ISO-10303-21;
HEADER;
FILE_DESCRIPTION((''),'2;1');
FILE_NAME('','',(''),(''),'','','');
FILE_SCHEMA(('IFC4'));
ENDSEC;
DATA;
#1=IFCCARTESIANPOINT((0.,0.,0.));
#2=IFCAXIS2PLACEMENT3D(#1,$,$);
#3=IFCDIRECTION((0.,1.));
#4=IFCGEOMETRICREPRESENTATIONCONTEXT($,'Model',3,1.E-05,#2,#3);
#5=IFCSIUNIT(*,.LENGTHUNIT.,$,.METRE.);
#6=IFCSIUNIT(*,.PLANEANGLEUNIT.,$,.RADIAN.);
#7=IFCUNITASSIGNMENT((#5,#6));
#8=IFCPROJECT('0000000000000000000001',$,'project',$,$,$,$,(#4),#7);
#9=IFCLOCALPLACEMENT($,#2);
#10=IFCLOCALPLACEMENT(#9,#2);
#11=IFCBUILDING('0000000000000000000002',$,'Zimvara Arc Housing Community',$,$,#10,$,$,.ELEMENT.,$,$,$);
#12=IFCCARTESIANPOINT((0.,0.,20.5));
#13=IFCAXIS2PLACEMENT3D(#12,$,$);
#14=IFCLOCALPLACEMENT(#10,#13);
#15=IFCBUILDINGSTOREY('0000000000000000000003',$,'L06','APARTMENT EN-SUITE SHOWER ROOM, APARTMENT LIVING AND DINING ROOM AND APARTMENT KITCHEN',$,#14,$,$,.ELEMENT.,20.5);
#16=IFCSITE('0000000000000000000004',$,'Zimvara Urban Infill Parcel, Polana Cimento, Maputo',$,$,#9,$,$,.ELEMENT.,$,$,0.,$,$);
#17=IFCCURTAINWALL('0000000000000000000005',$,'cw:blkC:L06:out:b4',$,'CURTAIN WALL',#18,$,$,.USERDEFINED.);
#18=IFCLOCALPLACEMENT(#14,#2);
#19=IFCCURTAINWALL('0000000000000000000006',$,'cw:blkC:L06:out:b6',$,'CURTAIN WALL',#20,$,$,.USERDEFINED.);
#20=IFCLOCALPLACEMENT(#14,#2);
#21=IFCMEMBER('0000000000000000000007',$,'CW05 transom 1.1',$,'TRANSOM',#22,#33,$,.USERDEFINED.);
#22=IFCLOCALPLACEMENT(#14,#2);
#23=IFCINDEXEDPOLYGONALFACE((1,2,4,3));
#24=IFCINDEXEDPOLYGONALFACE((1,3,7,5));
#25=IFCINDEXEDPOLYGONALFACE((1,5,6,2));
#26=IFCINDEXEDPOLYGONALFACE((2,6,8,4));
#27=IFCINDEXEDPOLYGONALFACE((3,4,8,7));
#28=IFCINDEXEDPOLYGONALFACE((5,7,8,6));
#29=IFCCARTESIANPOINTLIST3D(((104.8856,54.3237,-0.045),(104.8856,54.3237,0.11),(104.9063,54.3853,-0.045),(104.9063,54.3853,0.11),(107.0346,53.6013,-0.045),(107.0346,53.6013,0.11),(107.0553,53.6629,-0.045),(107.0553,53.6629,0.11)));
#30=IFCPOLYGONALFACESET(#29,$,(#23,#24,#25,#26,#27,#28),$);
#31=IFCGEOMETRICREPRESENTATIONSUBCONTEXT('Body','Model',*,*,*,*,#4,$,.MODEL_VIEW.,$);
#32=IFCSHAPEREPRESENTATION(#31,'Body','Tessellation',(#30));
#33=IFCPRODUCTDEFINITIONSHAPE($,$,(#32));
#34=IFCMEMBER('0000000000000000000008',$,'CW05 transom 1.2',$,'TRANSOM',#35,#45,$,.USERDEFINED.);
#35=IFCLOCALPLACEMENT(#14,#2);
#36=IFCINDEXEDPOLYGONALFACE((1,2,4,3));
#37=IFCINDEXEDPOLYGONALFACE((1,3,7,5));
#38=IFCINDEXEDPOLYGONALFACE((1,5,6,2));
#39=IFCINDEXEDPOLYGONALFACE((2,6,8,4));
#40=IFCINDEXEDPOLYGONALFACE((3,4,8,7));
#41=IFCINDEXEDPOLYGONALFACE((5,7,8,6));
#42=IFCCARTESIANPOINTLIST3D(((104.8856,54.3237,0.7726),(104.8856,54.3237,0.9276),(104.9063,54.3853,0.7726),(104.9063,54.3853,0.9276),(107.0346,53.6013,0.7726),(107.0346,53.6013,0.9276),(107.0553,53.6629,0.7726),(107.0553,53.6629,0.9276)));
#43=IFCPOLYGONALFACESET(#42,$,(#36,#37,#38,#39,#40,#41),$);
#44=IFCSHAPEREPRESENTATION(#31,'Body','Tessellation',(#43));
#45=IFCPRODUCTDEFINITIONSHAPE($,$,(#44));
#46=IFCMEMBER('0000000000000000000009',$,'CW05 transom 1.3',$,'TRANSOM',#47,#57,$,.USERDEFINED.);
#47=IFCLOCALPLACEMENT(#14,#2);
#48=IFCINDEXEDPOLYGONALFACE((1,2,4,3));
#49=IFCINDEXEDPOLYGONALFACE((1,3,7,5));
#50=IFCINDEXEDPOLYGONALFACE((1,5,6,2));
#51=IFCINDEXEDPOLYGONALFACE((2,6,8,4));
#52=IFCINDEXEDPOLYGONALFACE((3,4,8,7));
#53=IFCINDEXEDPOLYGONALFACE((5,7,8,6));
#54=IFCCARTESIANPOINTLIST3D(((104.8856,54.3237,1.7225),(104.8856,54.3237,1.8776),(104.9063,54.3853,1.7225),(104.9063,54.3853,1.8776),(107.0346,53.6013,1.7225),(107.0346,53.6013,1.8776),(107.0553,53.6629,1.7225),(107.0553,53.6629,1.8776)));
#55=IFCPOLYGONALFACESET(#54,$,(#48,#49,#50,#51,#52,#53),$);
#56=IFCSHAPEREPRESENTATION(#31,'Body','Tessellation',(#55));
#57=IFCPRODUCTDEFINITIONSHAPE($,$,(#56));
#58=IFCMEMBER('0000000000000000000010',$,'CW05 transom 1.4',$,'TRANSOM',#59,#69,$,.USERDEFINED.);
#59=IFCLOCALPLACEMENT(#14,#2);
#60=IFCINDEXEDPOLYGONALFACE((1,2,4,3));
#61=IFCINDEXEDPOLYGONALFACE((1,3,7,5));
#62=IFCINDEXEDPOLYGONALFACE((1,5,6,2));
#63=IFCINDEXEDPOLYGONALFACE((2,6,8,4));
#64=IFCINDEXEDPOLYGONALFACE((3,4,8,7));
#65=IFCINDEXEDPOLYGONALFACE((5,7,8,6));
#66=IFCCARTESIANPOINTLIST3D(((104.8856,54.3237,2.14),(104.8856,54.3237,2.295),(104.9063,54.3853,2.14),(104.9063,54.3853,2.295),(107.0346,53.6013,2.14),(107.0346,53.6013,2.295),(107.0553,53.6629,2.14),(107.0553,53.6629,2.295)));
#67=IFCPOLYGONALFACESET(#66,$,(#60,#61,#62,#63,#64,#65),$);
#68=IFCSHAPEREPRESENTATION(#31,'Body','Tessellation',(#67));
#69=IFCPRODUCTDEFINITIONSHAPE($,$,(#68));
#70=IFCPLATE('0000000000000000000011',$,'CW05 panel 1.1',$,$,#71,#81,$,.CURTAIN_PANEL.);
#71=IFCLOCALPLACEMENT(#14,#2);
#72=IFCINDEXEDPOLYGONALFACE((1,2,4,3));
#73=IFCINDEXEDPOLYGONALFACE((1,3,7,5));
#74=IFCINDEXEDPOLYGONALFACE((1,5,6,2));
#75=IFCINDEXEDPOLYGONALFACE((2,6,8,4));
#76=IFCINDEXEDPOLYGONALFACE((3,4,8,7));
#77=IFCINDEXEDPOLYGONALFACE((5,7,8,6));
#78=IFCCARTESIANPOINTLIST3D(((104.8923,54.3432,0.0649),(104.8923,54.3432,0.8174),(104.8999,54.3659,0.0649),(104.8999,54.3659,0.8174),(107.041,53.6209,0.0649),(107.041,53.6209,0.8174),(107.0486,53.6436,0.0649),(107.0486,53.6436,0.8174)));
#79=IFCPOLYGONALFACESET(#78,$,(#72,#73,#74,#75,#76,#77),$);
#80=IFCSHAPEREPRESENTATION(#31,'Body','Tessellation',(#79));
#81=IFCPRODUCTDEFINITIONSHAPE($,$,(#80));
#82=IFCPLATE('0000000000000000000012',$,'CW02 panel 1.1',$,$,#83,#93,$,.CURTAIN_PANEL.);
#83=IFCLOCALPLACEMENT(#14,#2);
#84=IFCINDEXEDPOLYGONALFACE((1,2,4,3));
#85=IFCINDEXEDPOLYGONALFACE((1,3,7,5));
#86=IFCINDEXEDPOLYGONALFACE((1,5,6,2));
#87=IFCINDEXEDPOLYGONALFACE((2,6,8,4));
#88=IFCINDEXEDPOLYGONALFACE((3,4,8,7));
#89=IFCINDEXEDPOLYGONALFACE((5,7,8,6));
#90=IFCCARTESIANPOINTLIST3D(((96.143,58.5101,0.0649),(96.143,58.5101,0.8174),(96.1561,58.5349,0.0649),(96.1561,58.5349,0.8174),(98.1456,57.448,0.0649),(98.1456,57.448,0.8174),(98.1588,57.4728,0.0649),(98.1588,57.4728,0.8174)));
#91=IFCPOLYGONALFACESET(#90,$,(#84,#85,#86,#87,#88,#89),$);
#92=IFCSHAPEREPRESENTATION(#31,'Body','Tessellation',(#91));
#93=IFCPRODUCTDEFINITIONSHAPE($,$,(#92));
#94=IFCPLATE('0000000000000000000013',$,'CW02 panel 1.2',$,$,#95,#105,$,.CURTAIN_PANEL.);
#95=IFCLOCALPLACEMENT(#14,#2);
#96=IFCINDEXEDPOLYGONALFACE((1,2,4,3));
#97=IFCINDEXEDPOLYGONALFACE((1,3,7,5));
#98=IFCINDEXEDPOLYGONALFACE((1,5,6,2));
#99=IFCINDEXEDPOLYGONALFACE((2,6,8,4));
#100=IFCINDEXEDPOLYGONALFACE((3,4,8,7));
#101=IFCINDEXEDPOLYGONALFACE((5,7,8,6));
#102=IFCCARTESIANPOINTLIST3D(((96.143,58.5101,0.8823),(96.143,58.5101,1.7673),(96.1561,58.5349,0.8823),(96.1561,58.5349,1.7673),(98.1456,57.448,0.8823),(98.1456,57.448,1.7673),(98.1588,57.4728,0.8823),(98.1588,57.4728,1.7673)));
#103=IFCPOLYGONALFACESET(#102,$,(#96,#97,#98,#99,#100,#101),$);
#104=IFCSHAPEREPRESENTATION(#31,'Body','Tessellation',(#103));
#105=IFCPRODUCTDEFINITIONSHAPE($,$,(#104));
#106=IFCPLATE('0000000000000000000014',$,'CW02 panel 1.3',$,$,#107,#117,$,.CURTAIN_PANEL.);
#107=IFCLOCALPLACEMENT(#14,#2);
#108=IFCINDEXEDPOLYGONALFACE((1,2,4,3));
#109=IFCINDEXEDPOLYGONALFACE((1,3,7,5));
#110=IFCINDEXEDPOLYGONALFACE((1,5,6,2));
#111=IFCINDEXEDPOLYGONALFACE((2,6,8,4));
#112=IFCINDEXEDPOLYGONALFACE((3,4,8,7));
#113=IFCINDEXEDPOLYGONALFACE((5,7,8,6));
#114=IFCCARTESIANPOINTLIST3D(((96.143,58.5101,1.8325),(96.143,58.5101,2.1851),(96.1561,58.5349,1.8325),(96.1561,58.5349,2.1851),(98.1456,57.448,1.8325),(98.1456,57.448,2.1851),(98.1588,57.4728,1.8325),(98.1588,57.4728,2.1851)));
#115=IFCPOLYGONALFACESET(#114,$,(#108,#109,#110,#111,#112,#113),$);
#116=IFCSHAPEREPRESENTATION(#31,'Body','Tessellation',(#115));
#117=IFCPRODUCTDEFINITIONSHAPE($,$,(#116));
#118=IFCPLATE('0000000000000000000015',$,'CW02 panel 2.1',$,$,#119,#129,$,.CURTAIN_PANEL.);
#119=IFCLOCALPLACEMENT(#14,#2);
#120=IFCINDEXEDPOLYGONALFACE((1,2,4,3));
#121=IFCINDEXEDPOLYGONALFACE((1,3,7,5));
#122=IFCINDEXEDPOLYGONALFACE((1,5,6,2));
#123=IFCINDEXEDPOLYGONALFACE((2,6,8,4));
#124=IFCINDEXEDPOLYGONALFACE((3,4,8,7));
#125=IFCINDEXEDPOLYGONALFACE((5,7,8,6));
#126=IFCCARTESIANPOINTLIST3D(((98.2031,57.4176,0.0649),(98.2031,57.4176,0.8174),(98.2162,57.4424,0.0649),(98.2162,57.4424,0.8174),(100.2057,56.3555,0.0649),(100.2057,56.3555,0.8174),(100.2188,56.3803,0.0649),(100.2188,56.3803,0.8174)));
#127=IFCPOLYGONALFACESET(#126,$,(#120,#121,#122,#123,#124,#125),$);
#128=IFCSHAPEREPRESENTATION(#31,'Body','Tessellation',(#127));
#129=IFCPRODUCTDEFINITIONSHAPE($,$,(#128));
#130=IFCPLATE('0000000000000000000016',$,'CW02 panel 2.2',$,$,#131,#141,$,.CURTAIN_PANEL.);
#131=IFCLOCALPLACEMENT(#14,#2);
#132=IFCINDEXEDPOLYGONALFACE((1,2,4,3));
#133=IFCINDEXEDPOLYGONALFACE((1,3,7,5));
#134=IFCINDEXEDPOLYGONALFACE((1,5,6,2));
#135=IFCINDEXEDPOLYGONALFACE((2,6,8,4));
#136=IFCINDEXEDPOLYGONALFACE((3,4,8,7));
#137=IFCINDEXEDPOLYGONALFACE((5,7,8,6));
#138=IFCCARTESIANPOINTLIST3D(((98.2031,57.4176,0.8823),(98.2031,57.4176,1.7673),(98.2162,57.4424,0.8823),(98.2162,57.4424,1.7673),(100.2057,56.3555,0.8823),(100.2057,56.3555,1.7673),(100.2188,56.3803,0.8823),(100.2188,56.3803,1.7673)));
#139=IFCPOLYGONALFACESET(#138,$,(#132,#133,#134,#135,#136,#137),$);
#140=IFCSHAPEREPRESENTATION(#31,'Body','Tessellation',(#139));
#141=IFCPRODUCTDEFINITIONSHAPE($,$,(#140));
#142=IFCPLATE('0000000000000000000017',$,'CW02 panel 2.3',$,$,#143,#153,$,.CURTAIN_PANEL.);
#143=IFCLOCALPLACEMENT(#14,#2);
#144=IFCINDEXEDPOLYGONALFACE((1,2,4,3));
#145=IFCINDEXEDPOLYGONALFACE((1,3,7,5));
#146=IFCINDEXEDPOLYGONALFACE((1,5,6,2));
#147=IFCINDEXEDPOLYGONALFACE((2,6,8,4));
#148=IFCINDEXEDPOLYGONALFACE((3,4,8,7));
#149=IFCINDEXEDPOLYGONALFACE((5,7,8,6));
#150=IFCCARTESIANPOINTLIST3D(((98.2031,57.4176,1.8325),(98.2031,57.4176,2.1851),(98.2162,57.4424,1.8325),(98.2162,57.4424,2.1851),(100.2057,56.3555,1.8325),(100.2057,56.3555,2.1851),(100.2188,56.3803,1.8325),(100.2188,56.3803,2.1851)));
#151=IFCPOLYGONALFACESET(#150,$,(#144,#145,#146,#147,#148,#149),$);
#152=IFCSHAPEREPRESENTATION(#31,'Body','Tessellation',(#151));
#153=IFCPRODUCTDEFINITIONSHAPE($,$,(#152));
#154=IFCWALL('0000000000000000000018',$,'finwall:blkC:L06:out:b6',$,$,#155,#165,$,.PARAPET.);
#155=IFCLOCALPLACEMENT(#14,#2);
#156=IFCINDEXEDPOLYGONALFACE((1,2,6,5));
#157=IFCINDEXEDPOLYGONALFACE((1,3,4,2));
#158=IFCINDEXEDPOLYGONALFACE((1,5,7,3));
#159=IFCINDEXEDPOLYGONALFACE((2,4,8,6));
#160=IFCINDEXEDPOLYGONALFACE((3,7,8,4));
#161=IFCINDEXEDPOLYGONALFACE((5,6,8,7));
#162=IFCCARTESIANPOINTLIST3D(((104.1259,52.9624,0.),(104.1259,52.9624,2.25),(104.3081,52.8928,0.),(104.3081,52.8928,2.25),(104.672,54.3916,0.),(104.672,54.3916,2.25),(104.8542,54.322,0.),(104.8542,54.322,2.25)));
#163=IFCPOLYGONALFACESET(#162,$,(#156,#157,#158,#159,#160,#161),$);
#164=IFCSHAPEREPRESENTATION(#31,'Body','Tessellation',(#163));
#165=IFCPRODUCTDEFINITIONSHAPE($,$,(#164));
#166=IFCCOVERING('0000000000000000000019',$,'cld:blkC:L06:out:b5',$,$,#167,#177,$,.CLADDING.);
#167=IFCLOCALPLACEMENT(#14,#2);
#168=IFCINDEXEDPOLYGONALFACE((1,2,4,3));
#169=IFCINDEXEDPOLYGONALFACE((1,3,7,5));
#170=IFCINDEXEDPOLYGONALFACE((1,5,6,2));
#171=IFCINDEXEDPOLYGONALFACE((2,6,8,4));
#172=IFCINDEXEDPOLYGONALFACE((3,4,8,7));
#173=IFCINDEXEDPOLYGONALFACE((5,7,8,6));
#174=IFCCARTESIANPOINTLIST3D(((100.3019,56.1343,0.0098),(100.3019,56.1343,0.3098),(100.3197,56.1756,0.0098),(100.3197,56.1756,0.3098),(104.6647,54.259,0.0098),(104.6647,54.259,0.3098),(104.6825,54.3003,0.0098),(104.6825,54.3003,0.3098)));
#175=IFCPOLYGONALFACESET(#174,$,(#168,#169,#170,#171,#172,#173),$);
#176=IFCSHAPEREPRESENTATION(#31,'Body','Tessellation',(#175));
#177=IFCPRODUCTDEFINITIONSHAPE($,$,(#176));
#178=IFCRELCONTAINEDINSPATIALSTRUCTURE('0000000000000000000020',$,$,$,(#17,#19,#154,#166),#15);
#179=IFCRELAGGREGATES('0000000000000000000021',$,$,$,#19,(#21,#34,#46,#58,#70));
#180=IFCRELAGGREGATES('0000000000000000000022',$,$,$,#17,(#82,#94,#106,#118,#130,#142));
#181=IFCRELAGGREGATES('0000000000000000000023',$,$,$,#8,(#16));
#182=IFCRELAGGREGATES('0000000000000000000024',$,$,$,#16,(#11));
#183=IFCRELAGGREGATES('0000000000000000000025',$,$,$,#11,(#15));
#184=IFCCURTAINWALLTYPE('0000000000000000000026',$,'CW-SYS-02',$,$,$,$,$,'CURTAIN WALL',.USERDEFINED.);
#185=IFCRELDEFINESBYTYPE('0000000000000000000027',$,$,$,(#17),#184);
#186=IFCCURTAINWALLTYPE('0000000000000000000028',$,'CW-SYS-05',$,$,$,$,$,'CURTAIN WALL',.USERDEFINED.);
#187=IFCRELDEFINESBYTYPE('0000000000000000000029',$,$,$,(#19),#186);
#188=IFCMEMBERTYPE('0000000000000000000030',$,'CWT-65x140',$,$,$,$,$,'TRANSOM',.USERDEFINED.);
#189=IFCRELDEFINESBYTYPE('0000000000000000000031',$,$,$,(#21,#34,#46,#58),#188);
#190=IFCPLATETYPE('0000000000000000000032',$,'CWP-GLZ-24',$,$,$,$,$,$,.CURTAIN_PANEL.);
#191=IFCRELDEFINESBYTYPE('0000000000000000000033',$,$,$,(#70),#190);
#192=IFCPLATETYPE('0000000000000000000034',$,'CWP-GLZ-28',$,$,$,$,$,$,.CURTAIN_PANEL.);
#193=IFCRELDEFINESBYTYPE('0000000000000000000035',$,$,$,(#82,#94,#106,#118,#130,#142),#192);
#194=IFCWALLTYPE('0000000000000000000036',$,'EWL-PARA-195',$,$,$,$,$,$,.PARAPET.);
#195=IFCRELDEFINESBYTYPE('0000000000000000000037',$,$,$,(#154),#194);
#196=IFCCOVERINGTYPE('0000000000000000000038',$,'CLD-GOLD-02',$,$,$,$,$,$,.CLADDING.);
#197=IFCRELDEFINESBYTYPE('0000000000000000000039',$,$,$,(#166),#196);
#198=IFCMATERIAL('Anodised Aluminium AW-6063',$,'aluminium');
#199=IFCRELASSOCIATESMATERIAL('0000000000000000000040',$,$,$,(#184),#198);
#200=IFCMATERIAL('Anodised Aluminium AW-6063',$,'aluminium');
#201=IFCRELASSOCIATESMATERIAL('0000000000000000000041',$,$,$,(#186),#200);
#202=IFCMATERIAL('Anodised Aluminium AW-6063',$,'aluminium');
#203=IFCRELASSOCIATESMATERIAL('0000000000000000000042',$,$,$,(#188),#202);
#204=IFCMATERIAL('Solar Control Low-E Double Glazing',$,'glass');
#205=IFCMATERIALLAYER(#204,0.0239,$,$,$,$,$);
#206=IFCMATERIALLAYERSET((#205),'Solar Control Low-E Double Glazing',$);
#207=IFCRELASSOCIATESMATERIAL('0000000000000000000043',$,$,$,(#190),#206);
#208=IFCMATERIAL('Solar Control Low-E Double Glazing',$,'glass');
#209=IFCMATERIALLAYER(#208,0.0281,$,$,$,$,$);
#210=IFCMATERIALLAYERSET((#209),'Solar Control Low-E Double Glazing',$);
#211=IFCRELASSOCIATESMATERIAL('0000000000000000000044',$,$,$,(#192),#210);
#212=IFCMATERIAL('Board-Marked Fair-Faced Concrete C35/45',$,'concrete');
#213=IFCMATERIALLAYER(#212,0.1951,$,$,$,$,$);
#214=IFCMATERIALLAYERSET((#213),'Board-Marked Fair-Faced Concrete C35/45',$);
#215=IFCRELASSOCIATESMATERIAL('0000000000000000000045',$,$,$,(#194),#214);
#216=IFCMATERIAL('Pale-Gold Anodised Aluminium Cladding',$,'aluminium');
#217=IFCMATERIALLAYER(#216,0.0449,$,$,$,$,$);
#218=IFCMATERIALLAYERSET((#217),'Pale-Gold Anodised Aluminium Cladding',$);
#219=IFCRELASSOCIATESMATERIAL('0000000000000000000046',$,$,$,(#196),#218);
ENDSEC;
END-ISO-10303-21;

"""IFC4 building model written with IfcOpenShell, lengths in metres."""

from ifc_helpers import new_model, si_unit, direction, frame, frame_2d, origin, origin_2d, place, context, subcontext, project, spatial, rectangle, extrude, material, layer, layer_set, material_profile, profile_set, type_object, element, aggregate, save


model = new_model("IFC4")

# Units and contexts
model_context = context("Model", 3, precision=1e-05, world=origin(), true_north=direction((0.0, 1.0)))
body_context = subcontext(model_context, "Body", "Model", "MODEL_VIEW")
ifc_project = project(units=[si_unit("LENGTHUNIT", "METRE"), si_unit("PLANEANGLEUNIT", "RADIAN")], contexts=[model_context])

# Site, building, storey
site_placement = place(None, origin())
site = spatial("IfcSite", under=ifc_project, at=site_placement, Name="Zimvara Urban Infill Parcel, Polana Cimento, Maputo", CompositionType="ELEMENT", RefElevation=0.0)
building_placement = place(site_placement, origin())
building = spatial("IfcBuilding", under=site, at=building_placement, Name="Zimvara Arc Housing Community", CompositionType="ELEMENT")
storey_placement = place(building_placement, frame((0.0, 0.0, 20.5)))
storey = spatial("IfcBuildingStorey", under=building, at=storey_placement, Name="L06", Description="APARTMENT EN-SUITE SHOWER ROOM, APARTMENT LIVING AND DINING ROOM AND APARTMENT KITCHEN", CompositionType="ELEMENT", Elevation=20.5)

# Curtain wall
ifc_material_1 = material(Name="Anodised Aluminium AW-6063", Category="aluminium")
curtain_wall_type_1 = type_object("IfcCurtainWallType", Name="CW-SYS-02", ElementType="CURTAIN WALL", PredefinedType="USERDEFINED", material=ifc_material_1)
curtain_wall_1_placement = place(storey_placement, origin())
curtain_wall_1 = element("IfcCurtainWall", 1, at=curtain_wall_1_placement, inside=storey, type_object=curtain_wall_type_1, Name="cw:blkC:L06:out:b4", ObjectType="CURTAIN WALL", PredefinedType="USERDEFINED")

# Curtain wall
ifc_material_2 = material(Name="Anodised Aluminium AW-6063", Category="aluminium")
curtain_wall_type_2 = type_object("IfcCurtainWallType", Name="CW-SYS-05", ElementType="CURTAIN WALL", PredefinedType="USERDEFINED", material=ifc_material_2)
curtain_wall_2_placement = place(storey_placement, origin())
curtain_wall_2 = element("IfcCurtainWall", 2, at=curtain_wall_2_placement, inside=storey, type_object=curtain_wall_type_2, Name="cw:blkC:L06:out:b6", ObjectType="CURTAIN WALL", PredefinedType="USERDEFINED")

# Members
ifc_material_3 = material(Name="Anodised Aluminium AW-6063", Category="aluminium")
ifc_material_profile_1 = material_profile(ifc_material_3, rectangle(XDim=0.0649, YDim=0.155, at=origin_2d()), Name="ALU 65x155")
ifc_profile_set_1 = profile_set([ifc_material_profile_1], Name="Anodised Aluminium AW-6063")
member_type_1 = type_object("IfcMemberType", Name="CWT-65x140", ElementType="TRANSOM", PredefinedType="USERDEFINED", material=ifc_profile_set_1)
member_1_placement = place(storey_placement, frame((104.896, 54.3545, 0.0325), z_axis=(0.947873, -0.31865, 0.0), x_axis=(0.31865, 0.947873, 0.0)))
member_1 = element("IfcMember", 3, at=member_1_placement, type_object=member_type_1, Name="CW05 transom 1.1", ObjectType="TRANSOM", PredefinedType="USERDEFINED", context=body_context, shape_type="SweptSolid", body=[
    extrude(rectangle(XDim=0.0649, YDim=0.155, at=origin_2d()), origin(), (0.0, 0.0, 1.0), 2.2671),
])
member_2_placement = place(storey_placement, frame((104.896, 54.3545, 0.8501), z_axis=(0.947873, -0.31865, 0.0), x_axis=(0.31865, 0.947873, 0.0)))
member_2 = element("IfcMember", 4, at=member_2_placement, type_object=member_type_1, Name="CW05 transom 1.2", ObjectType="TRANSOM", PredefinedType="USERDEFINED", context=body_context, shape_type="SweptSolid", body=[
    extrude(rectangle(XDim=0.0649, YDim=0.155, at=origin_2d()), origin(), (0.0, 0.0, 1.0), 2.2671),
])
member_3_placement = place(storey_placement, frame((104.896, 54.3545, 1.8), z_axis=(0.947873, -0.31865, 0.0), x_axis=(0.31865, 0.947873, 0.0)))
member_3 = element("IfcMember", 5, at=member_3_placement, type_object=member_type_1, Name="CW05 transom 1.3", ObjectType="TRANSOM", PredefinedType="USERDEFINED", context=body_context, shape_type="SweptSolid", body=[
    extrude(rectangle(XDim=0.0649, YDim=0.155, at=origin_2d()), origin(), (0.0, 0.0, 1.0), 2.2671),
])
member_4_placement = place(storey_placement, frame((104.896, 54.3545, 2.2175), z_axis=(0.947873, -0.31865, 0.0), x_axis=(0.31865, 0.947873, 0.0)))
member_4 = element("IfcMember", 6, at=member_4_placement, type_object=member_type_1, Name="CW05 transom 1.4", ObjectType="TRANSOM", PredefinedType="USERDEFINED", context=body_context, shape_type="SweptSolid", body=[
    extrude(rectangle(XDim=0.0649, YDim=0.155, at=origin_2d()), origin(), (0.0, 0.0, 1.0), 2.2671),
])

# Plates
ifc_material_4 = material(Name="Solar Control Low-E Double Glazing", Category="glass")
ifc_layer_1 = layer(ifc_material_4, 0.0239)
ifc_layer_set_1 = layer_set([ifc_layer_1], Name="Solar Control Low-E Double Glazing")
plate_type_1 = type_object("IfcPlateType", Name="CWP-GLZ-24", PredefinedType="CURTAIN_PANEL", material=ifc_layer_set_1)
plate_1_placement = place(storey_placement, frame((105.9705, 53.9934, 0.0649), z_axis=(0.0, 0.0, 1.0), x_axis=(0.94788, -0.318629, 0.0)))
plate_1 = element("IfcPlate", 7, at=plate_1_placement, type_object=plate_type_1, Name="CW05 panel 1.1", PredefinedType="CURTAIN_PANEL", context=body_context, shape_type="SweptSolid", body=[
    extrude(rectangle(XDim=2.2668, YDim=0.0239, at=origin_2d()), origin(), (0.0, 0.0, 1.0), 0.7524),
])
aggregate(curtain_wall_2, [member_1, member_2, member_3, member_4, plate_1])
ifc_material_5 = material(Name="Solar Control Low-E Double Glazing", Category="glass")
ifc_layer_2 = layer(ifc_material_5, 0.0281)
ifc_layer_set_2 = layer_set([ifc_layer_2], Name="Solar Control Low-E Double Glazing")
plate_type_2 = type_object("IfcPlateType", Name="CWP-GLZ-28", PredefinedType="CURTAIN_PANEL", material=ifc_layer_set_2)
plate_2_placement = place(storey_placement, frame((97.1509, 57.9915, 0.0649), z_axis=(0.0, 0.0, 1.0), x_axis=(0.883439, -0.468547, 0.0)))
plate_2 = element("IfcPlate", 8, at=plate_2_placement, type_object=plate_type_2, Name="CW02 panel 1.1", PredefinedType="CURTAIN_PANEL", context=body_context, shape_type="SweptSolid", body=[
    extrude(rectangle(XDim=2.2668, YDim=0.0281, at=origin_2d()), origin(), (0.0, 0.0, 1.0), 0.7524),
])
plate_3_placement = place(storey_placement, frame((97.1509, 57.9915, 0.8823), z_axis=(0.0, 0.0, 1.0), x_axis=(0.883439, -0.468547, 0.0)))
plate_3 = element("IfcPlate", 9, at=plate_3_placement, type_object=plate_type_2, Name="CW02 panel 1.2", PredefinedType="CURTAIN_PANEL", context=body_context, shape_type="SweptSolid", body=[
    extrude(rectangle(XDim=2.2668, YDim=0.0281, at=origin_2d()), origin(), (0.0, 0.0, 1.0), 0.885),
])
plate_4_placement = place(storey_placement, frame((97.1509, 57.9915, 1.8325), z_axis=(0.0, 0.0, 1.0), x_axis=(0.883439, -0.468547, 0.0)))
plate_4 = element("IfcPlate", 10, at=plate_4_placement, type_object=plate_type_2, Name="CW02 panel 1.3", PredefinedType="CURTAIN_PANEL", context=body_context, shape_type="SweptSolid", body=[
    extrude(rectangle(XDim=2.2668, YDim=0.0281, at=origin_2d()), origin(), (0.0, 0.0, 1.0), 0.3525),
])
plate_5_placement = place(storey_placement, frame((99.2109, 56.8989, 0.0649), z_axis=(0.0, 0.0, 1.0), x_axis=(0.883439, -0.468547, 0.0)))
plate_5 = element("IfcPlate", 11, at=plate_5_placement, type_object=plate_type_2, Name="CW02 panel 2.1", PredefinedType="CURTAIN_PANEL", context=body_context, shape_type="SweptSolid", body=[
    extrude(rectangle(XDim=2.2668, YDim=0.0281, at=origin_2d()), origin(), (0.0, 0.0, 1.0), 0.7524),
])
plate_6_placement = place(storey_placement, frame((99.2109, 56.8989, 0.8823), z_axis=(0.0, 0.0, 1.0), x_axis=(0.883439, -0.468547, 0.0)))
plate_6 = element("IfcPlate", 12, at=plate_6_placement, type_object=plate_type_2, Name="CW02 panel 2.2", PredefinedType="CURTAIN_PANEL", context=body_context, shape_type="SweptSolid", body=[
    extrude(rectangle(XDim=2.2668, YDim=0.0281, at=origin_2d()), origin(), (0.0, 0.0, 1.0), 0.885),
])
plate_7_placement = place(storey_placement, frame((99.2109, 56.8989, 1.8325), z_axis=(0.0, 0.0, 1.0), x_axis=(0.883439, -0.468547, 0.0)))
plate_7 = element("IfcPlate", 13, at=plate_7_placement, type_object=plate_type_2, Name="CW02 panel 2.3", PredefinedType="CURTAIN_PANEL", context=body_context, shape_type="SweptSolid", body=[
    extrude(rectangle(XDim=2.2668, YDim=0.0281, at=origin_2d()), origin(), (0.0, 0.0, 1.0), 0.3525),
])
aggregate(curtain_wall_1, [plate_2, plate_3, plate_4, plate_5, plate_6, plate_7])

# Wall
ifc_material_6 = material(Name="Board-Marked Fair-Faced Concrete C35/45", Category="concrete")
ifc_layer_3 = layer(ifc_material_6, 0.1951)
ifc_layer_set_3 = layer_set([ifc_layer_3], Name="Board-Marked Fair-Faced Concrete C35/45")
wall_type_1 = type_object("IfcWallType", Name="EWL-PARA-195", PredefinedType="PARAPET", material=ifc_layer_set_3)
wall_1_placement = place(storey_placement, frame((104.7632, 54.3569, 0.0), z_axis=(0.0, 0.0, 1.0), x_axis=(-0.356957, -0.934121, 0.0)))
element("IfcWall", 14, at=wall_1_placement, inside=storey, type_object=wall_type_1, Name="finwall:blkC:L06:out:b6", PredefinedType="PARAPET", context=body_context, shape_type="SweptSolid", body=[
    extrude(rectangle(XDim=1.53, YDim=0.1951, at=frame_2d((0.7651, 0.0))), origin(), (0.0, 0.0, 1.0), 2.25),
])

# Covering
ifc_material_7 = material(Name="Pale-Gold Anodised Aluminium Cladding", Category="aluminium")
ifc_layer_4 = layer(ifc_material_7, 0.0449)
ifc_layer_set_4 = layer_set([ifc_layer_4], Name="Pale-Gold Anodised Aluminium Cladding")
covering_type = type_object("IfcCoveringType", Name="CLD-GOLD-02", PredefinedType="CLADDING", material=ifc_layer_set_4)
covering_placement = place(storey_placement, frame((102.4922, 55.2173, 0.0098), z_axis=(0.0, 0.0, 1.0), x_axis=(0.918722, -0.394906, 0.0)))
element("IfcCovering", 15, at=covering_placement, inside=storey, type_object=covering_type, Name="cld:blkC:L06:out:b5", PredefinedType="CLADDING", context=body_context, shape_type="SweptSolid", body=[
    extrude(rectangle(XDim=4.7488, YDim=0.0449, at=origin_2d()), origin(), (0.0, 0.0, 1.0), 0.3),
])

save(model, "model.ifc")
